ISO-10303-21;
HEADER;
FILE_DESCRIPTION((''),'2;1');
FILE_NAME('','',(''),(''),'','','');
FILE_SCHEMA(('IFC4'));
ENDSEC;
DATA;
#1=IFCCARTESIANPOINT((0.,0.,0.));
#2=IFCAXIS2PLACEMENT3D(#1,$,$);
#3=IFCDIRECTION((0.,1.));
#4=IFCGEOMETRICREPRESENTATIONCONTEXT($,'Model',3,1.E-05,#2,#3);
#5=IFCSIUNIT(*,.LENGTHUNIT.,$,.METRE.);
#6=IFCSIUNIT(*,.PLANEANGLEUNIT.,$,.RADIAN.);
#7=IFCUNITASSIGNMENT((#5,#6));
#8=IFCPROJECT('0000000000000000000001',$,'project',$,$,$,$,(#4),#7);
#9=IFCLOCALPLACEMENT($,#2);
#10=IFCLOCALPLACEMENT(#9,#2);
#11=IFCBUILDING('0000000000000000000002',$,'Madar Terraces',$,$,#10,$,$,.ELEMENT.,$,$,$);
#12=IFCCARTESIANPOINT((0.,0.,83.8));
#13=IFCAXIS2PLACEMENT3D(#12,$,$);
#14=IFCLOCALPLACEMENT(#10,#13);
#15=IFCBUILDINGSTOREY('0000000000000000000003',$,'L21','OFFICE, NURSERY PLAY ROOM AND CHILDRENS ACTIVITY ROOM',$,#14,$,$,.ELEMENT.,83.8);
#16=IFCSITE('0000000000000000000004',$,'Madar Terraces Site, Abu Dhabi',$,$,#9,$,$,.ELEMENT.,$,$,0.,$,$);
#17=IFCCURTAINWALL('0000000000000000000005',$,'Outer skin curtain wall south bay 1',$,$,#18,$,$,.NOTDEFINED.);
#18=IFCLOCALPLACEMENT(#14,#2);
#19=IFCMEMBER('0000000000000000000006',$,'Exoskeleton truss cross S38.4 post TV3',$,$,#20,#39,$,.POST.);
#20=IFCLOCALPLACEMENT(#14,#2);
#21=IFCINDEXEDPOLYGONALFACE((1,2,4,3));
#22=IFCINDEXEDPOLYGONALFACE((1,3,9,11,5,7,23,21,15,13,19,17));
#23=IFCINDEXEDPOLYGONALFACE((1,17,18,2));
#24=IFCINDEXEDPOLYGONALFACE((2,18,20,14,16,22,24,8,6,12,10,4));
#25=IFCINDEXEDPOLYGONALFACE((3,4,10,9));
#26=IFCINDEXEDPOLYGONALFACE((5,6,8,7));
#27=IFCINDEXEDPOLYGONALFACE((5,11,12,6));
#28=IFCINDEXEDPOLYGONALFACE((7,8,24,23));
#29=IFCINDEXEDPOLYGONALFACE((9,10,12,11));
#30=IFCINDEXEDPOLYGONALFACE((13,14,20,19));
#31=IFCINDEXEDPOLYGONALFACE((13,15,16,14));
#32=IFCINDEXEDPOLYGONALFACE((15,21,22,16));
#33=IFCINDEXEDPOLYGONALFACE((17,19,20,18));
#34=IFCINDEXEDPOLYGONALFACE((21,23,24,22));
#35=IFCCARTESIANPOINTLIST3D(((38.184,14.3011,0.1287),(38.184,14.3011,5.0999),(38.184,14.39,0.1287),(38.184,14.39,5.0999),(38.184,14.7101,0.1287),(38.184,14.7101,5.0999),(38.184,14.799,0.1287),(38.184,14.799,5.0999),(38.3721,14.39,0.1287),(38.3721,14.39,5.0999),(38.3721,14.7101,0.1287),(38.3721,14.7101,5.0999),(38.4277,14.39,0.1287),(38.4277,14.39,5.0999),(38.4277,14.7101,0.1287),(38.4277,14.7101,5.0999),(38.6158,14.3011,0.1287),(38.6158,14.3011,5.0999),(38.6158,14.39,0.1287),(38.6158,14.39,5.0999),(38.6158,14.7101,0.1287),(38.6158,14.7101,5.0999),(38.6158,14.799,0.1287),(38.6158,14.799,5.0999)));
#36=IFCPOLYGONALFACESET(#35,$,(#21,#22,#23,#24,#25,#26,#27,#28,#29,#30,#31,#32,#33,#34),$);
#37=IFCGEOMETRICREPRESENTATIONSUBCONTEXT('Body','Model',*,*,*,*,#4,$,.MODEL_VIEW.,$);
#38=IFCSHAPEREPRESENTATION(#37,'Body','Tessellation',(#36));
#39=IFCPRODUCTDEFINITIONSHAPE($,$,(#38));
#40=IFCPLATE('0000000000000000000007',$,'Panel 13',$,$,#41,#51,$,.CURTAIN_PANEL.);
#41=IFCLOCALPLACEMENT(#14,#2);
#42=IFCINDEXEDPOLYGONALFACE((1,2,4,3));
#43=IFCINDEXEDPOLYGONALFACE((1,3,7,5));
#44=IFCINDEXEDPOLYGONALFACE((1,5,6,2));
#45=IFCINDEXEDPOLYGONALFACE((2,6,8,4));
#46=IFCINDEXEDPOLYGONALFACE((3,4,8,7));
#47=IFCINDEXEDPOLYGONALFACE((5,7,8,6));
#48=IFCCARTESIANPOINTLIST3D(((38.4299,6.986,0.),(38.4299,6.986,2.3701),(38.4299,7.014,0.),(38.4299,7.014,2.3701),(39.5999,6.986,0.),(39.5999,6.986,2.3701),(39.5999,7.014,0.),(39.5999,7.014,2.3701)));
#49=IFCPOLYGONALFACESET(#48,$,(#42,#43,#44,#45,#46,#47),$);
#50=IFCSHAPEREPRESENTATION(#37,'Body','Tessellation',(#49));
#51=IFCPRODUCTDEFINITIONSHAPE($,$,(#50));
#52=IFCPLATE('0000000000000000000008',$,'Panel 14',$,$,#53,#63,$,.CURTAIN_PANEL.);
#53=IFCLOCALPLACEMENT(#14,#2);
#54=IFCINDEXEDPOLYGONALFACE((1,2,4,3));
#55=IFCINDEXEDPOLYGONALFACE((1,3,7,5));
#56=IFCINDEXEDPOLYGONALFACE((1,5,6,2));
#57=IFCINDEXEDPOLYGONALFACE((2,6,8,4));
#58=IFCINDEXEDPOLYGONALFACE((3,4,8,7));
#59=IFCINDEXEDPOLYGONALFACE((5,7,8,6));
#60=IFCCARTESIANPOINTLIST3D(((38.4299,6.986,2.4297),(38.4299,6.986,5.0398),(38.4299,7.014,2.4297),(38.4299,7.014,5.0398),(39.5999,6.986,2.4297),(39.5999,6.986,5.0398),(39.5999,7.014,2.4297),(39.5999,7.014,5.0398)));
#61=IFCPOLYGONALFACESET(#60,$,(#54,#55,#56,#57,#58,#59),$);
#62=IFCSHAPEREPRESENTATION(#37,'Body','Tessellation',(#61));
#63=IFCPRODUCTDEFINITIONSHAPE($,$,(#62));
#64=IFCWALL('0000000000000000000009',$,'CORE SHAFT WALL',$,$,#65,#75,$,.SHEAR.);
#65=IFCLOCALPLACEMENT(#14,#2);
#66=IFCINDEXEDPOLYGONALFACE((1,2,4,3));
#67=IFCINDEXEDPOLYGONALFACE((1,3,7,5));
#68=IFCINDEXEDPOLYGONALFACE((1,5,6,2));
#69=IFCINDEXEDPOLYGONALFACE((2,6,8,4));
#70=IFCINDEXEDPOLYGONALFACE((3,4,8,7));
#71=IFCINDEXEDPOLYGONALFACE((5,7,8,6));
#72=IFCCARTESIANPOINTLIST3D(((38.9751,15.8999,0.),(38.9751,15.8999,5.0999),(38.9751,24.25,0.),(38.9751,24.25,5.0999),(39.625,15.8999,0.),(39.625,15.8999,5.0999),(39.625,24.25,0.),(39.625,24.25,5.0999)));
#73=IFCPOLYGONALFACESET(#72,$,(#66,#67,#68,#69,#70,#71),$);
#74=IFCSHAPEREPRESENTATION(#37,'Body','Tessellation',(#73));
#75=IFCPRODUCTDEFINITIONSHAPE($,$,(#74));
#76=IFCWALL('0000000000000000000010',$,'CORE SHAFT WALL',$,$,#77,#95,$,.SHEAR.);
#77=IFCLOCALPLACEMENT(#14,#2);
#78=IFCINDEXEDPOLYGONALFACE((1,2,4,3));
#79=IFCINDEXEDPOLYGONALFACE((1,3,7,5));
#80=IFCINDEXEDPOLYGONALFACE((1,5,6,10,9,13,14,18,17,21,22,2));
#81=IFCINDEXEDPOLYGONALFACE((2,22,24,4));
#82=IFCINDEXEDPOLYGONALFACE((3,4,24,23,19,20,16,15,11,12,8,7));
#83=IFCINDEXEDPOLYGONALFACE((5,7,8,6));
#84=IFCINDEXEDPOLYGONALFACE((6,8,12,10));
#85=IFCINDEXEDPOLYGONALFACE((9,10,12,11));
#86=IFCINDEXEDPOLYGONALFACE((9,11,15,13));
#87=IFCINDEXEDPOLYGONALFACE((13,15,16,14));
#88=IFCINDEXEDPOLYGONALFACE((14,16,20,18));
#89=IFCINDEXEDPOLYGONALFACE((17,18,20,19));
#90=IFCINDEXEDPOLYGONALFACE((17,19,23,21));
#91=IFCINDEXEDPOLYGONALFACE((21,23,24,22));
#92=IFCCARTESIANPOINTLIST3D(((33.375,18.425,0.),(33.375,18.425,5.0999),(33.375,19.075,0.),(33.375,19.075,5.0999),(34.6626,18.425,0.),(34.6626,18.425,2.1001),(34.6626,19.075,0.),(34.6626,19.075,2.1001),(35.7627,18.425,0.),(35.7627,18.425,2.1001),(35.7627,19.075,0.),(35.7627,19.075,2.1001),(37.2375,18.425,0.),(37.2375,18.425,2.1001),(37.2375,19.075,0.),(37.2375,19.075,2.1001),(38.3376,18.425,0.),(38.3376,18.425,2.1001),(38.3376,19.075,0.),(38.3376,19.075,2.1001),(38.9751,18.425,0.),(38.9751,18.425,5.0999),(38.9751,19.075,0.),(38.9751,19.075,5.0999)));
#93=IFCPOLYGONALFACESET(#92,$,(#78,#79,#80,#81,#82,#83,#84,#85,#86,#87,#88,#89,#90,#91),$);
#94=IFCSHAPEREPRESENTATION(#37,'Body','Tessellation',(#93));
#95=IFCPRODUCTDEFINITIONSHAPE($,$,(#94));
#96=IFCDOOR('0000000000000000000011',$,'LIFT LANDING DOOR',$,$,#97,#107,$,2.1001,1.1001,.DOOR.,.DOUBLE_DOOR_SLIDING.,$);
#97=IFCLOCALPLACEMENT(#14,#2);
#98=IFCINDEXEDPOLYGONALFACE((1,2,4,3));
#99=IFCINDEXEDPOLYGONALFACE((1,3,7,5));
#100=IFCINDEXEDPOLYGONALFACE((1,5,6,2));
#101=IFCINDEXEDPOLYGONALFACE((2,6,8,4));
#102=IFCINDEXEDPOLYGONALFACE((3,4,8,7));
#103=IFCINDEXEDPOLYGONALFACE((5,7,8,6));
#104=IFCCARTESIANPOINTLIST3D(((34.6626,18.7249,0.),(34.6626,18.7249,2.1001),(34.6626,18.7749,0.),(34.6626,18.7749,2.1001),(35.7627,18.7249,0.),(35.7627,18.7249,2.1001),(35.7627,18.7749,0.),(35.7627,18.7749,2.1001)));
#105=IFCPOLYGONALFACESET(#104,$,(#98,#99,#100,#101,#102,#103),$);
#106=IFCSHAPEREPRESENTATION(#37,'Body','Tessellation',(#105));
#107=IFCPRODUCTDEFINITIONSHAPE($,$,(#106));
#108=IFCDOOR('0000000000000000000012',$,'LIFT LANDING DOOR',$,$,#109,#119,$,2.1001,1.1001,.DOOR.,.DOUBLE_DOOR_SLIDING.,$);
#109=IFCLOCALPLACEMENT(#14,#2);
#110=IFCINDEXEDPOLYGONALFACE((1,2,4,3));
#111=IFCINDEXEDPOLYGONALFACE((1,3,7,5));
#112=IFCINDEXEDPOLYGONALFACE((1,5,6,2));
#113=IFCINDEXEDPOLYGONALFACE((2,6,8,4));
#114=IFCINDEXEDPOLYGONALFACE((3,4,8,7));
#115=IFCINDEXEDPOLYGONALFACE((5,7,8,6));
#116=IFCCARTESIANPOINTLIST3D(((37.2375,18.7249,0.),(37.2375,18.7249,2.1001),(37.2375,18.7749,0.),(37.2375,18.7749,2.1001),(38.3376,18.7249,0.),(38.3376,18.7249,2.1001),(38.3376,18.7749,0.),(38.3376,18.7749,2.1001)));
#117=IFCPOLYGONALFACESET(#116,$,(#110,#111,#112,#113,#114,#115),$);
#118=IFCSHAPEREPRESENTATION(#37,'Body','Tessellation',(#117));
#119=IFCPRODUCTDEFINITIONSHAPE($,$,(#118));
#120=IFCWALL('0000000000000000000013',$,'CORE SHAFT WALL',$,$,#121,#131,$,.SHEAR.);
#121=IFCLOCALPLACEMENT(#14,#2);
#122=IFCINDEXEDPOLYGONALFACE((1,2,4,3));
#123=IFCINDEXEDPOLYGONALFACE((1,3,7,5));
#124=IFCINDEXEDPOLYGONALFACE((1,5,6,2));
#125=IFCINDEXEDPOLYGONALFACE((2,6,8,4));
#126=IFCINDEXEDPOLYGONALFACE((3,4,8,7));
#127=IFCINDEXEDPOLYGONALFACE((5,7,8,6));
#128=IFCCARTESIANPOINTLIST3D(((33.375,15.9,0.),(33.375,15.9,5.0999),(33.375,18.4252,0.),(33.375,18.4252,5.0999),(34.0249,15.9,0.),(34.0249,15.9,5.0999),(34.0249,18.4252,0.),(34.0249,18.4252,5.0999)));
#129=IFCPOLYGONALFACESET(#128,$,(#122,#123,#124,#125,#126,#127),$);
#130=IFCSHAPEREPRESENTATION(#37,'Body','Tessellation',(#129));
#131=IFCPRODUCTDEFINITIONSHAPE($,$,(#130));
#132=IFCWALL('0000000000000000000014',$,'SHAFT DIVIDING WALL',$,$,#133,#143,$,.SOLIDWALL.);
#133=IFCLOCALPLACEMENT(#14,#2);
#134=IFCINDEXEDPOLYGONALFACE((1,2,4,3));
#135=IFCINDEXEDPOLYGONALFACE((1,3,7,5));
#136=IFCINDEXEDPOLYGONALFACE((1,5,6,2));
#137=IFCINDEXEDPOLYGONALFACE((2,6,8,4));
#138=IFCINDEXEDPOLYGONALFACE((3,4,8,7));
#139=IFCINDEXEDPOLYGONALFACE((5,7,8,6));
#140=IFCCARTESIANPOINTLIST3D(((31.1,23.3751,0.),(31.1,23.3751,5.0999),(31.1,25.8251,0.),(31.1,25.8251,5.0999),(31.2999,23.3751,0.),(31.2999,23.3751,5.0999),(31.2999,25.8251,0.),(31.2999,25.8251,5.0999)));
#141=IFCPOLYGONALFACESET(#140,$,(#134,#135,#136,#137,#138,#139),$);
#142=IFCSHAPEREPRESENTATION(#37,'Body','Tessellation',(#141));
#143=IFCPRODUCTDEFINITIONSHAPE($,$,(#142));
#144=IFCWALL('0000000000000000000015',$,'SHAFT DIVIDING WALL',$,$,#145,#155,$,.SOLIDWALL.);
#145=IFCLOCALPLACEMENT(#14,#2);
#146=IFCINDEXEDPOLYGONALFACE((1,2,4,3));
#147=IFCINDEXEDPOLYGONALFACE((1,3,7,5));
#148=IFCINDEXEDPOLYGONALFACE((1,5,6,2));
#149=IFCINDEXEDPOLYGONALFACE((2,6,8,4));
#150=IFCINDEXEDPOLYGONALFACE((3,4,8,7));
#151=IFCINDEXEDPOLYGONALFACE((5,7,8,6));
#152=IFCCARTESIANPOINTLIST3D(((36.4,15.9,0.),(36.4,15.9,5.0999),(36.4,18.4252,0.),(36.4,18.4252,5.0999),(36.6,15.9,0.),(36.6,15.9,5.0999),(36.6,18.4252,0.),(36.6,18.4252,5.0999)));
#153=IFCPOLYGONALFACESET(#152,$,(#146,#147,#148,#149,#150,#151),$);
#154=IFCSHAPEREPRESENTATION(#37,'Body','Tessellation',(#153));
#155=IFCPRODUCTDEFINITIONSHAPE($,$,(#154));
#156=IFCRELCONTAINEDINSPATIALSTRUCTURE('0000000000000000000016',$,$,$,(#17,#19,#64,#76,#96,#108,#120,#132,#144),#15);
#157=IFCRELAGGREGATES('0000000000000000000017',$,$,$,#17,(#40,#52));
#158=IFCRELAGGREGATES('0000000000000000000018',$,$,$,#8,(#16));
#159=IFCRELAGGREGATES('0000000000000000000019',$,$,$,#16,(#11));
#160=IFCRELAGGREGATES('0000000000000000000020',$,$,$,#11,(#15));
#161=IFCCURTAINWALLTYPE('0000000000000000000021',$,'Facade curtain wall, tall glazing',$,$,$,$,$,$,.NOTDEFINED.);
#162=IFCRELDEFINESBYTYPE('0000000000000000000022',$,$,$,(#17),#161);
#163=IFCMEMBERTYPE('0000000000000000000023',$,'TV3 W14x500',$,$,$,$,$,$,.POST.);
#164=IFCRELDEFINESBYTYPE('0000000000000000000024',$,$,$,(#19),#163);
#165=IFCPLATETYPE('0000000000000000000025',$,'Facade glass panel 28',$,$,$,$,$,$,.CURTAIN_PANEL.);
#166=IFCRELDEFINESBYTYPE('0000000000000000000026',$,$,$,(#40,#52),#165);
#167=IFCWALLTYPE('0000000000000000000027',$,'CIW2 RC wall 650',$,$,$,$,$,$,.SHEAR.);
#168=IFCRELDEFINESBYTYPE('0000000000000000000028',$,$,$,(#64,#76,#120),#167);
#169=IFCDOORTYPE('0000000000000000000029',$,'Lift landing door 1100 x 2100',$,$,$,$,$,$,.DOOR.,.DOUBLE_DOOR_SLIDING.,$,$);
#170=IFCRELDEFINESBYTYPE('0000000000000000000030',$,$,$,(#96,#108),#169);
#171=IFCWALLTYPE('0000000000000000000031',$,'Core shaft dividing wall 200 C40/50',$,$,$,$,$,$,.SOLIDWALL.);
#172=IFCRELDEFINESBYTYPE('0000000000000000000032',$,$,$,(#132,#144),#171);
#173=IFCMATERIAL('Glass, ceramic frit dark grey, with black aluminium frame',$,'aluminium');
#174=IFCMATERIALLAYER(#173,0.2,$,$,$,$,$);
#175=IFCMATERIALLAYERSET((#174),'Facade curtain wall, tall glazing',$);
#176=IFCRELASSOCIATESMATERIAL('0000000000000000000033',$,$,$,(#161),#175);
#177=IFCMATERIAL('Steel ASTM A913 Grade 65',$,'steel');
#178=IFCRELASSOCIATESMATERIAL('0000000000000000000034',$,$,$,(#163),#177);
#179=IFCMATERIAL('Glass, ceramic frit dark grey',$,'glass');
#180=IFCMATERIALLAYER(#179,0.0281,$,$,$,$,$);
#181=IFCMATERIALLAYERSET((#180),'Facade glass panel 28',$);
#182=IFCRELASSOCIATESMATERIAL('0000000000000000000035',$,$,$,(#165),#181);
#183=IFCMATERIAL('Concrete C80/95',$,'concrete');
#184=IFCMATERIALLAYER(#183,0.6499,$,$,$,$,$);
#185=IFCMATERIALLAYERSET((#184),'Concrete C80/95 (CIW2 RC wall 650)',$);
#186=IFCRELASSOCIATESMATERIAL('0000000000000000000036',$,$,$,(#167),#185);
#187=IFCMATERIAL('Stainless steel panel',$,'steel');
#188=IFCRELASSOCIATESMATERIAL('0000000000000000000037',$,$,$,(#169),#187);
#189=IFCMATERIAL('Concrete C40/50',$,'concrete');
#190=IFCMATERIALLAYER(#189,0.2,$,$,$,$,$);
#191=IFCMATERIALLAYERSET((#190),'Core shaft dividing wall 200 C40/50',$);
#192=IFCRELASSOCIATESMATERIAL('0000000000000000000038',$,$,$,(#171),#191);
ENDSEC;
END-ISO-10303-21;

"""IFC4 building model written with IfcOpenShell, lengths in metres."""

from ifc_helpers import new_model, si_unit, direction, frame, frame_2d, origin, origin_2d, place, context, subcontext, project, spatial, rectangle, i_section, extrude, material, layer, layer_set, material_profile, profile_set, type_object, element, fill, aggregate, save


model = new_model("IFC4")

# Units and contexts
model_context = context("Model", 3, precision=1e-05, world=origin(), true_north=direction((0.0, 1.0)))
body_context = subcontext(model_context, "Body", "Model", "MODEL_VIEW")
ifc_project = project(units=[si_unit("LENGTHUNIT", "METRE"), si_unit("PLANEANGLEUNIT", "RADIAN")], contexts=[model_context])

# Site, building, storey
site_placement = place(None, origin())
site = spatial("IfcSite", under=ifc_project, at=site_placement, Name="Madar Terraces Site, Abu Dhabi", CompositionType="ELEMENT", RefElevation=0.0)
building_placement = place(site_placement, origin())
building = spatial("IfcBuilding", under=site, at=building_placement, Name="Madar Terraces", CompositionType="ELEMENT")
storey_placement = place(building_placement, frame((0.0, 0.0, 83.8)))
storey = spatial("IfcBuildingStorey", under=building, at=storey_placement, Name="L21", Description="OFFICE, NURSERY PLAY ROOM AND CHILDRENS ACTIVITY ROOM", CompositionType="ELEMENT", Elevation=83.8)

# Curtain wall
ifc_material_1 = material(Name="Glass, ceramic frit dark grey, with black aluminium frame", Category="aluminium")
ifc_layer_1 = layer(ifc_material_1, 0.2)
ifc_layer_set_1 = layer_set([ifc_layer_1], Name="Facade curtain wall, tall glazing")
curtain_wall_type = type_object("IfcCurtainWallType", Name="Facade curtain wall, tall glazing", PredefinedType="NOTDEFINED", material=ifc_layer_set_1)
curtain_wall_placement = place(storey_placement, origin())
curtain_wall = element("IfcCurtainWall", 1, at=curtain_wall_placement, inside=storey, type_object=curtain_wall_type, Name="Outer skin curtain wall south bay 1", PredefinedType="NOTDEFINED")

# Member
ifc_material_2 = material(Name="Steel ASTM A913 Grade 65", Category="steel")
ifc_material_profile_1 = material_profile(ifc_material_2, i_section(OverallWidth=0.4319, OverallDepth=0.4978, WebThickness=0.0557, FlangeThickness=0.0889, at=origin_2d()), Name="W14x500")
ifc_profile_set_1 = profile_set([ifc_material_profile_1], Name="Steel ASTM A913 Grade 65")
member_type_1 = type_object("IfcMemberType", Name="TV3 W14x500", PredefinedType="POST", material=ifc_profile_set_1)
for number, where, z_axis, x_axis, name in (
    (2, (38.3999, 14.55, 0.1287), (0.0, 0.0, 1.0), (-1.0, 0.0, 0.0), "Exoskeleton truss cross S38.4 post TV3"),
):
    element("IfcMember", number, at=place(storey_placement, frame(where, z_axis=z_axis, x_axis=x_axis)), inside=storey, type_object=member_type_1, Name=name, PredefinedType="POST", context=body_context, shape_type="SweptSolid", body=[
        extrude(i_section(OverallWidth=0.4319, OverallDepth=0.4978, WebThickness=0.0557, FlangeThickness=0.0889, at=origin_2d()), origin(), (0.0, 0.0, 1.0), 4.9712),
    ])

# Plates
ifc_material_3 = material(Name="Glass, ceramic frit dark grey", Category="glass")
ifc_layer_2 = layer(ifc_material_3, 0.0281)
ifc_layer_set_2 = layer_set([ifc_layer_2], Name="Facade glass panel 28")
plate_type = type_object("IfcPlateType", Name="Facade glass panel 28", PredefinedType="CURTAIN_PANEL", material=ifc_layer_set_2)
plate_1_placement = place(storey_placement, frame((39.0149, 7.0, 0.0), z_axis=(0.0, 0.0, 1.0), x_axis=(1.0, 0.0, 0.0)))
plate_1 = element("IfcPlate", 3, at=plate_1_placement, type_object=plate_type, Name="Panel 13", PredefinedType="CURTAIN_PANEL", context=body_context, shape_type="SweptSolid", body=[
    extrude(rectangle(XDim=1.1699, YDim=0.0281, at=origin_2d()), origin(), (0.0, 0.0, 1.0), 2.3701),
])
plate_2_placement = place(storey_placement, frame((39.0149, 7.0, 2.4297), z_axis=(0.0, 0.0, 1.0), x_axis=(1.0, 0.0, 0.0)))
plate_2 = element("IfcPlate", 4, at=plate_2_placement, type_object=plate_type, Name="Panel 14", PredefinedType="CURTAIN_PANEL", context=body_context, shape_type="SweptSolid", body=[
    extrude(rectangle(XDim=1.1699, YDim=0.0281, at=origin_2d()), origin(), (0.0, 0.0, 1.0), 2.6101),
])
aggregate(curtain_wall, [plate_1, plate_2])

# Wall
ifc_material_4 = material(Name="Concrete C80/95", Category="concrete")
ifc_layer_3 = layer(ifc_material_4, 0.6499)
ifc_layer_set_3 = layer_set([ifc_layer_3], Name="Concrete C80/95 (CIW2 RC wall 650)")
wall_type_1 = type_object("IfcWallType", Name="CIW2 RC wall 650", PredefinedType="SHEAR", material=ifc_layer_set_3)
wall_1_placement = place(storey_placement, frame((39.3, 15.8999, 0.0), z_axis=(0.0, 0.0, 1.0), x_axis=(0.0, 1.0, 0.0)))
element("IfcWall", 5, at=wall_1_placement, inside=storey, type_object=wall_type_1, Name="CORE SHAFT WALL", PredefinedType="SHEAR", context=body_context, shape_type="SweptSolid", body=[
    extrude(rectangle(XDim=8.3501, YDim=0.6499, at=frame_2d((4.175, 0.0))), origin(), (0.0, 0.0, 1.0), 5.0999),
])

# Wall, openings, doors
wall_2_placement = place(storey_placement, frame((33.375, 18.75, 0.0), z_axis=(0.0, 0.0, 1.0), x_axis=(1.0, 0.0, 0.0)))
wall_2 = element("IfcWall", 6, at=wall_2_placement, inside=storey, type_object=wall_type_1, Name="CORE SHAFT WALL", PredefinedType="SHEAR", context=body_context, shape_type="SweptSolid", body=[
    extrude(rectangle(XDim=5.6001, YDim=0.6499, at=frame_2d((2.8, 0.0))), origin(), (0.0, 0.0, 1.0), 5.0999),
])
opening_1_placement = place(wall_2_placement, frame((1.2876, 0.0, 0.0)))
opening_1 = element("IfcOpeningElement", 7, at=opening_1_placement, cuts=wall_2, PredefinedType="OPENING", context=body_context, shape_type="SweptSolid", body=[
    extrude(rectangle(XDim=1.1001, YDim=2.1001, at=frame_2d((0.55, 1.05))), frame((0.0, 0.335, 0.0), z_axis=(0.0, -1.0, 0.0), x_axis=(1.0, 0.0, 0.0)), (0.0, 0.0, 1.0), 0.6699),
])
opening_2_placement = place(wall_2_placement, frame((3.8625, 0.0, 0.0)))
opening_2 = element("IfcOpeningElement", 8, at=opening_2_placement, cuts=wall_2, PredefinedType="OPENING", context=body_context, shape_type="SweptSolid", body=[
    extrude(rectangle(XDim=1.1001, YDim=2.1001, at=frame_2d((0.55, 1.05))), frame((0.0, 0.335, 0.0), z_axis=(0.0, -1.0, 0.0), x_axis=(1.0, 0.0, 0.0)), (0.0, 0.0, 1.0), 0.6699),
])
ifc_material_5 = material(Name="Stainless steel panel", Category="steel")
door_type_1 = type_object("IfcDoorType", Name="Lift landing door 1100 x 2100", OperationType="DOUBLE_DOOR_SLIDING", PredefinedType="DOOR", material=ifc_material_5)
door_1_placement = place(opening_1_placement, origin())
door_1 = element("IfcDoor", 9, at=door_1_placement, inside=storey, type_object=door_type_1, Name="LIFT LANDING DOOR", OperationType="DOUBLE_DOOR_SLIDING", OverallHeight=2.1001, OverallWidth=1.1001, PredefinedType="DOOR", context=body_context, shape_type="SweptSolid", body=[
    extrude(rectangle(XDim=1.1001, YDim=2.1001, at=frame_2d((0.55, 1.05))), frame((0.0, 0.0249, 0.0), z_axis=(0.0, -1.0, 0.0), x_axis=(1.0, 0.0, 0.0)), (0.0, 0.0, 1.0), 0.05),
])
fill(opening_1, door_1)
door_2_placement = place(opening_2_placement, origin())
door_2 = element("IfcDoor", 10, at=door_2_placement, inside=storey, type_object=door_type_1, Name="LIFT LANDING DOOR", OperationType="DOUBLE_DOOR_SLIDING", OverallHeight=2.1001, OverallWidth=1.1001, PredefinedType="DOOR", context=body_context, shape_type="SweptSolid", body=[
    extrude(rectangle(XDim=1.1001, YDim=2.1001, at=frame_2d((0.55, 1.05))), frame((0.0, 0.0249, 0.0), z_axis=(0.0, -1.0, 0.0), x_axis=(1.0, 0.0, 0.0)), (0.0, 0.0, 1.0), 0.05),
])
fill(opening_2, door_2)

# Walls
wall_3_placement = place(storey_placement, frame((33.7, 15.8999, 0.0), z_axis=(0.0, 0.0, 1.0), x_axis=(0.0, 1.0, 0.0)))
element("IfcWall", 11, at=wall_3_placement, inside=storey, type_object=wall_type_1, Name="CORE SHAFT WALL", PredefinedType="SHEAR", context=body_context, shape_type="SweptSolid", body=[
    extrude(rectangle(XDim=2.5251, YDim=0.6499, at=frame_2d((1.2627, 0.0))), origin(), (0.0, 0.0, 1.0), 5.0999),
])
ifc_material_6 = material(Name="Concrete C40/50", Category="concrete")
ifc_layer_4 = layer(ifc_material_6, 0.2)
ifc_layer_set_4 = layer_set([ifc_layer_4], Name="Core shaft dividing wall 200 C40/50")
wall_type_2 = type_object("IfcWallType", Name="Core shaft dividing wall 200 C40/50", PredefinedType="SOLIDWALL", material=ifc_layer_set_4)
wall_4_placement = place(storey_placement, frame((31.2, 23.375, 0.0), z_axis=(0.0, 0.0, 1.0), x_axis=(0.0, 1.0, 0.0)))
element("IfcWall", 12, at=wall_4_placement, inside=storey, type_object=wall_type_2, Name="SHAFT DIVIDING WALL", PredefinedType="SOLIDWALL", context=body_context, shape_type="SweptSolid", body=[
    extrude(rectangle(XDim=2.45, YDim=0.2, at=frame_2d((1.2251, 0.0))), origin(), (0.0, 0.0, 1.0), 5.0999),
])
wall_5_placement = place(storey_placement, frame((36.5, 15.8999, 0.0), z_axis=(0.0, 0.0, 1.0), x_axis=(0.0, 1.0, 0.0)))
element("IfcWall", 13, at=wall_5_placement, inside=storey, type_object=wall_type_2, Name="SHAFT DIVIDING WALL", PredefinedType="SOLIDWALL", context=body_context, shape_type="SweptSolid", body=[
    extrude(rectangle(XDim=2.5251, YDim=0.2, at=frame_2d((1.2627, 0.0))), origin(), (0.0, 0.0, 1.0), 5.0999),
])

save(model, "model.ifc")
